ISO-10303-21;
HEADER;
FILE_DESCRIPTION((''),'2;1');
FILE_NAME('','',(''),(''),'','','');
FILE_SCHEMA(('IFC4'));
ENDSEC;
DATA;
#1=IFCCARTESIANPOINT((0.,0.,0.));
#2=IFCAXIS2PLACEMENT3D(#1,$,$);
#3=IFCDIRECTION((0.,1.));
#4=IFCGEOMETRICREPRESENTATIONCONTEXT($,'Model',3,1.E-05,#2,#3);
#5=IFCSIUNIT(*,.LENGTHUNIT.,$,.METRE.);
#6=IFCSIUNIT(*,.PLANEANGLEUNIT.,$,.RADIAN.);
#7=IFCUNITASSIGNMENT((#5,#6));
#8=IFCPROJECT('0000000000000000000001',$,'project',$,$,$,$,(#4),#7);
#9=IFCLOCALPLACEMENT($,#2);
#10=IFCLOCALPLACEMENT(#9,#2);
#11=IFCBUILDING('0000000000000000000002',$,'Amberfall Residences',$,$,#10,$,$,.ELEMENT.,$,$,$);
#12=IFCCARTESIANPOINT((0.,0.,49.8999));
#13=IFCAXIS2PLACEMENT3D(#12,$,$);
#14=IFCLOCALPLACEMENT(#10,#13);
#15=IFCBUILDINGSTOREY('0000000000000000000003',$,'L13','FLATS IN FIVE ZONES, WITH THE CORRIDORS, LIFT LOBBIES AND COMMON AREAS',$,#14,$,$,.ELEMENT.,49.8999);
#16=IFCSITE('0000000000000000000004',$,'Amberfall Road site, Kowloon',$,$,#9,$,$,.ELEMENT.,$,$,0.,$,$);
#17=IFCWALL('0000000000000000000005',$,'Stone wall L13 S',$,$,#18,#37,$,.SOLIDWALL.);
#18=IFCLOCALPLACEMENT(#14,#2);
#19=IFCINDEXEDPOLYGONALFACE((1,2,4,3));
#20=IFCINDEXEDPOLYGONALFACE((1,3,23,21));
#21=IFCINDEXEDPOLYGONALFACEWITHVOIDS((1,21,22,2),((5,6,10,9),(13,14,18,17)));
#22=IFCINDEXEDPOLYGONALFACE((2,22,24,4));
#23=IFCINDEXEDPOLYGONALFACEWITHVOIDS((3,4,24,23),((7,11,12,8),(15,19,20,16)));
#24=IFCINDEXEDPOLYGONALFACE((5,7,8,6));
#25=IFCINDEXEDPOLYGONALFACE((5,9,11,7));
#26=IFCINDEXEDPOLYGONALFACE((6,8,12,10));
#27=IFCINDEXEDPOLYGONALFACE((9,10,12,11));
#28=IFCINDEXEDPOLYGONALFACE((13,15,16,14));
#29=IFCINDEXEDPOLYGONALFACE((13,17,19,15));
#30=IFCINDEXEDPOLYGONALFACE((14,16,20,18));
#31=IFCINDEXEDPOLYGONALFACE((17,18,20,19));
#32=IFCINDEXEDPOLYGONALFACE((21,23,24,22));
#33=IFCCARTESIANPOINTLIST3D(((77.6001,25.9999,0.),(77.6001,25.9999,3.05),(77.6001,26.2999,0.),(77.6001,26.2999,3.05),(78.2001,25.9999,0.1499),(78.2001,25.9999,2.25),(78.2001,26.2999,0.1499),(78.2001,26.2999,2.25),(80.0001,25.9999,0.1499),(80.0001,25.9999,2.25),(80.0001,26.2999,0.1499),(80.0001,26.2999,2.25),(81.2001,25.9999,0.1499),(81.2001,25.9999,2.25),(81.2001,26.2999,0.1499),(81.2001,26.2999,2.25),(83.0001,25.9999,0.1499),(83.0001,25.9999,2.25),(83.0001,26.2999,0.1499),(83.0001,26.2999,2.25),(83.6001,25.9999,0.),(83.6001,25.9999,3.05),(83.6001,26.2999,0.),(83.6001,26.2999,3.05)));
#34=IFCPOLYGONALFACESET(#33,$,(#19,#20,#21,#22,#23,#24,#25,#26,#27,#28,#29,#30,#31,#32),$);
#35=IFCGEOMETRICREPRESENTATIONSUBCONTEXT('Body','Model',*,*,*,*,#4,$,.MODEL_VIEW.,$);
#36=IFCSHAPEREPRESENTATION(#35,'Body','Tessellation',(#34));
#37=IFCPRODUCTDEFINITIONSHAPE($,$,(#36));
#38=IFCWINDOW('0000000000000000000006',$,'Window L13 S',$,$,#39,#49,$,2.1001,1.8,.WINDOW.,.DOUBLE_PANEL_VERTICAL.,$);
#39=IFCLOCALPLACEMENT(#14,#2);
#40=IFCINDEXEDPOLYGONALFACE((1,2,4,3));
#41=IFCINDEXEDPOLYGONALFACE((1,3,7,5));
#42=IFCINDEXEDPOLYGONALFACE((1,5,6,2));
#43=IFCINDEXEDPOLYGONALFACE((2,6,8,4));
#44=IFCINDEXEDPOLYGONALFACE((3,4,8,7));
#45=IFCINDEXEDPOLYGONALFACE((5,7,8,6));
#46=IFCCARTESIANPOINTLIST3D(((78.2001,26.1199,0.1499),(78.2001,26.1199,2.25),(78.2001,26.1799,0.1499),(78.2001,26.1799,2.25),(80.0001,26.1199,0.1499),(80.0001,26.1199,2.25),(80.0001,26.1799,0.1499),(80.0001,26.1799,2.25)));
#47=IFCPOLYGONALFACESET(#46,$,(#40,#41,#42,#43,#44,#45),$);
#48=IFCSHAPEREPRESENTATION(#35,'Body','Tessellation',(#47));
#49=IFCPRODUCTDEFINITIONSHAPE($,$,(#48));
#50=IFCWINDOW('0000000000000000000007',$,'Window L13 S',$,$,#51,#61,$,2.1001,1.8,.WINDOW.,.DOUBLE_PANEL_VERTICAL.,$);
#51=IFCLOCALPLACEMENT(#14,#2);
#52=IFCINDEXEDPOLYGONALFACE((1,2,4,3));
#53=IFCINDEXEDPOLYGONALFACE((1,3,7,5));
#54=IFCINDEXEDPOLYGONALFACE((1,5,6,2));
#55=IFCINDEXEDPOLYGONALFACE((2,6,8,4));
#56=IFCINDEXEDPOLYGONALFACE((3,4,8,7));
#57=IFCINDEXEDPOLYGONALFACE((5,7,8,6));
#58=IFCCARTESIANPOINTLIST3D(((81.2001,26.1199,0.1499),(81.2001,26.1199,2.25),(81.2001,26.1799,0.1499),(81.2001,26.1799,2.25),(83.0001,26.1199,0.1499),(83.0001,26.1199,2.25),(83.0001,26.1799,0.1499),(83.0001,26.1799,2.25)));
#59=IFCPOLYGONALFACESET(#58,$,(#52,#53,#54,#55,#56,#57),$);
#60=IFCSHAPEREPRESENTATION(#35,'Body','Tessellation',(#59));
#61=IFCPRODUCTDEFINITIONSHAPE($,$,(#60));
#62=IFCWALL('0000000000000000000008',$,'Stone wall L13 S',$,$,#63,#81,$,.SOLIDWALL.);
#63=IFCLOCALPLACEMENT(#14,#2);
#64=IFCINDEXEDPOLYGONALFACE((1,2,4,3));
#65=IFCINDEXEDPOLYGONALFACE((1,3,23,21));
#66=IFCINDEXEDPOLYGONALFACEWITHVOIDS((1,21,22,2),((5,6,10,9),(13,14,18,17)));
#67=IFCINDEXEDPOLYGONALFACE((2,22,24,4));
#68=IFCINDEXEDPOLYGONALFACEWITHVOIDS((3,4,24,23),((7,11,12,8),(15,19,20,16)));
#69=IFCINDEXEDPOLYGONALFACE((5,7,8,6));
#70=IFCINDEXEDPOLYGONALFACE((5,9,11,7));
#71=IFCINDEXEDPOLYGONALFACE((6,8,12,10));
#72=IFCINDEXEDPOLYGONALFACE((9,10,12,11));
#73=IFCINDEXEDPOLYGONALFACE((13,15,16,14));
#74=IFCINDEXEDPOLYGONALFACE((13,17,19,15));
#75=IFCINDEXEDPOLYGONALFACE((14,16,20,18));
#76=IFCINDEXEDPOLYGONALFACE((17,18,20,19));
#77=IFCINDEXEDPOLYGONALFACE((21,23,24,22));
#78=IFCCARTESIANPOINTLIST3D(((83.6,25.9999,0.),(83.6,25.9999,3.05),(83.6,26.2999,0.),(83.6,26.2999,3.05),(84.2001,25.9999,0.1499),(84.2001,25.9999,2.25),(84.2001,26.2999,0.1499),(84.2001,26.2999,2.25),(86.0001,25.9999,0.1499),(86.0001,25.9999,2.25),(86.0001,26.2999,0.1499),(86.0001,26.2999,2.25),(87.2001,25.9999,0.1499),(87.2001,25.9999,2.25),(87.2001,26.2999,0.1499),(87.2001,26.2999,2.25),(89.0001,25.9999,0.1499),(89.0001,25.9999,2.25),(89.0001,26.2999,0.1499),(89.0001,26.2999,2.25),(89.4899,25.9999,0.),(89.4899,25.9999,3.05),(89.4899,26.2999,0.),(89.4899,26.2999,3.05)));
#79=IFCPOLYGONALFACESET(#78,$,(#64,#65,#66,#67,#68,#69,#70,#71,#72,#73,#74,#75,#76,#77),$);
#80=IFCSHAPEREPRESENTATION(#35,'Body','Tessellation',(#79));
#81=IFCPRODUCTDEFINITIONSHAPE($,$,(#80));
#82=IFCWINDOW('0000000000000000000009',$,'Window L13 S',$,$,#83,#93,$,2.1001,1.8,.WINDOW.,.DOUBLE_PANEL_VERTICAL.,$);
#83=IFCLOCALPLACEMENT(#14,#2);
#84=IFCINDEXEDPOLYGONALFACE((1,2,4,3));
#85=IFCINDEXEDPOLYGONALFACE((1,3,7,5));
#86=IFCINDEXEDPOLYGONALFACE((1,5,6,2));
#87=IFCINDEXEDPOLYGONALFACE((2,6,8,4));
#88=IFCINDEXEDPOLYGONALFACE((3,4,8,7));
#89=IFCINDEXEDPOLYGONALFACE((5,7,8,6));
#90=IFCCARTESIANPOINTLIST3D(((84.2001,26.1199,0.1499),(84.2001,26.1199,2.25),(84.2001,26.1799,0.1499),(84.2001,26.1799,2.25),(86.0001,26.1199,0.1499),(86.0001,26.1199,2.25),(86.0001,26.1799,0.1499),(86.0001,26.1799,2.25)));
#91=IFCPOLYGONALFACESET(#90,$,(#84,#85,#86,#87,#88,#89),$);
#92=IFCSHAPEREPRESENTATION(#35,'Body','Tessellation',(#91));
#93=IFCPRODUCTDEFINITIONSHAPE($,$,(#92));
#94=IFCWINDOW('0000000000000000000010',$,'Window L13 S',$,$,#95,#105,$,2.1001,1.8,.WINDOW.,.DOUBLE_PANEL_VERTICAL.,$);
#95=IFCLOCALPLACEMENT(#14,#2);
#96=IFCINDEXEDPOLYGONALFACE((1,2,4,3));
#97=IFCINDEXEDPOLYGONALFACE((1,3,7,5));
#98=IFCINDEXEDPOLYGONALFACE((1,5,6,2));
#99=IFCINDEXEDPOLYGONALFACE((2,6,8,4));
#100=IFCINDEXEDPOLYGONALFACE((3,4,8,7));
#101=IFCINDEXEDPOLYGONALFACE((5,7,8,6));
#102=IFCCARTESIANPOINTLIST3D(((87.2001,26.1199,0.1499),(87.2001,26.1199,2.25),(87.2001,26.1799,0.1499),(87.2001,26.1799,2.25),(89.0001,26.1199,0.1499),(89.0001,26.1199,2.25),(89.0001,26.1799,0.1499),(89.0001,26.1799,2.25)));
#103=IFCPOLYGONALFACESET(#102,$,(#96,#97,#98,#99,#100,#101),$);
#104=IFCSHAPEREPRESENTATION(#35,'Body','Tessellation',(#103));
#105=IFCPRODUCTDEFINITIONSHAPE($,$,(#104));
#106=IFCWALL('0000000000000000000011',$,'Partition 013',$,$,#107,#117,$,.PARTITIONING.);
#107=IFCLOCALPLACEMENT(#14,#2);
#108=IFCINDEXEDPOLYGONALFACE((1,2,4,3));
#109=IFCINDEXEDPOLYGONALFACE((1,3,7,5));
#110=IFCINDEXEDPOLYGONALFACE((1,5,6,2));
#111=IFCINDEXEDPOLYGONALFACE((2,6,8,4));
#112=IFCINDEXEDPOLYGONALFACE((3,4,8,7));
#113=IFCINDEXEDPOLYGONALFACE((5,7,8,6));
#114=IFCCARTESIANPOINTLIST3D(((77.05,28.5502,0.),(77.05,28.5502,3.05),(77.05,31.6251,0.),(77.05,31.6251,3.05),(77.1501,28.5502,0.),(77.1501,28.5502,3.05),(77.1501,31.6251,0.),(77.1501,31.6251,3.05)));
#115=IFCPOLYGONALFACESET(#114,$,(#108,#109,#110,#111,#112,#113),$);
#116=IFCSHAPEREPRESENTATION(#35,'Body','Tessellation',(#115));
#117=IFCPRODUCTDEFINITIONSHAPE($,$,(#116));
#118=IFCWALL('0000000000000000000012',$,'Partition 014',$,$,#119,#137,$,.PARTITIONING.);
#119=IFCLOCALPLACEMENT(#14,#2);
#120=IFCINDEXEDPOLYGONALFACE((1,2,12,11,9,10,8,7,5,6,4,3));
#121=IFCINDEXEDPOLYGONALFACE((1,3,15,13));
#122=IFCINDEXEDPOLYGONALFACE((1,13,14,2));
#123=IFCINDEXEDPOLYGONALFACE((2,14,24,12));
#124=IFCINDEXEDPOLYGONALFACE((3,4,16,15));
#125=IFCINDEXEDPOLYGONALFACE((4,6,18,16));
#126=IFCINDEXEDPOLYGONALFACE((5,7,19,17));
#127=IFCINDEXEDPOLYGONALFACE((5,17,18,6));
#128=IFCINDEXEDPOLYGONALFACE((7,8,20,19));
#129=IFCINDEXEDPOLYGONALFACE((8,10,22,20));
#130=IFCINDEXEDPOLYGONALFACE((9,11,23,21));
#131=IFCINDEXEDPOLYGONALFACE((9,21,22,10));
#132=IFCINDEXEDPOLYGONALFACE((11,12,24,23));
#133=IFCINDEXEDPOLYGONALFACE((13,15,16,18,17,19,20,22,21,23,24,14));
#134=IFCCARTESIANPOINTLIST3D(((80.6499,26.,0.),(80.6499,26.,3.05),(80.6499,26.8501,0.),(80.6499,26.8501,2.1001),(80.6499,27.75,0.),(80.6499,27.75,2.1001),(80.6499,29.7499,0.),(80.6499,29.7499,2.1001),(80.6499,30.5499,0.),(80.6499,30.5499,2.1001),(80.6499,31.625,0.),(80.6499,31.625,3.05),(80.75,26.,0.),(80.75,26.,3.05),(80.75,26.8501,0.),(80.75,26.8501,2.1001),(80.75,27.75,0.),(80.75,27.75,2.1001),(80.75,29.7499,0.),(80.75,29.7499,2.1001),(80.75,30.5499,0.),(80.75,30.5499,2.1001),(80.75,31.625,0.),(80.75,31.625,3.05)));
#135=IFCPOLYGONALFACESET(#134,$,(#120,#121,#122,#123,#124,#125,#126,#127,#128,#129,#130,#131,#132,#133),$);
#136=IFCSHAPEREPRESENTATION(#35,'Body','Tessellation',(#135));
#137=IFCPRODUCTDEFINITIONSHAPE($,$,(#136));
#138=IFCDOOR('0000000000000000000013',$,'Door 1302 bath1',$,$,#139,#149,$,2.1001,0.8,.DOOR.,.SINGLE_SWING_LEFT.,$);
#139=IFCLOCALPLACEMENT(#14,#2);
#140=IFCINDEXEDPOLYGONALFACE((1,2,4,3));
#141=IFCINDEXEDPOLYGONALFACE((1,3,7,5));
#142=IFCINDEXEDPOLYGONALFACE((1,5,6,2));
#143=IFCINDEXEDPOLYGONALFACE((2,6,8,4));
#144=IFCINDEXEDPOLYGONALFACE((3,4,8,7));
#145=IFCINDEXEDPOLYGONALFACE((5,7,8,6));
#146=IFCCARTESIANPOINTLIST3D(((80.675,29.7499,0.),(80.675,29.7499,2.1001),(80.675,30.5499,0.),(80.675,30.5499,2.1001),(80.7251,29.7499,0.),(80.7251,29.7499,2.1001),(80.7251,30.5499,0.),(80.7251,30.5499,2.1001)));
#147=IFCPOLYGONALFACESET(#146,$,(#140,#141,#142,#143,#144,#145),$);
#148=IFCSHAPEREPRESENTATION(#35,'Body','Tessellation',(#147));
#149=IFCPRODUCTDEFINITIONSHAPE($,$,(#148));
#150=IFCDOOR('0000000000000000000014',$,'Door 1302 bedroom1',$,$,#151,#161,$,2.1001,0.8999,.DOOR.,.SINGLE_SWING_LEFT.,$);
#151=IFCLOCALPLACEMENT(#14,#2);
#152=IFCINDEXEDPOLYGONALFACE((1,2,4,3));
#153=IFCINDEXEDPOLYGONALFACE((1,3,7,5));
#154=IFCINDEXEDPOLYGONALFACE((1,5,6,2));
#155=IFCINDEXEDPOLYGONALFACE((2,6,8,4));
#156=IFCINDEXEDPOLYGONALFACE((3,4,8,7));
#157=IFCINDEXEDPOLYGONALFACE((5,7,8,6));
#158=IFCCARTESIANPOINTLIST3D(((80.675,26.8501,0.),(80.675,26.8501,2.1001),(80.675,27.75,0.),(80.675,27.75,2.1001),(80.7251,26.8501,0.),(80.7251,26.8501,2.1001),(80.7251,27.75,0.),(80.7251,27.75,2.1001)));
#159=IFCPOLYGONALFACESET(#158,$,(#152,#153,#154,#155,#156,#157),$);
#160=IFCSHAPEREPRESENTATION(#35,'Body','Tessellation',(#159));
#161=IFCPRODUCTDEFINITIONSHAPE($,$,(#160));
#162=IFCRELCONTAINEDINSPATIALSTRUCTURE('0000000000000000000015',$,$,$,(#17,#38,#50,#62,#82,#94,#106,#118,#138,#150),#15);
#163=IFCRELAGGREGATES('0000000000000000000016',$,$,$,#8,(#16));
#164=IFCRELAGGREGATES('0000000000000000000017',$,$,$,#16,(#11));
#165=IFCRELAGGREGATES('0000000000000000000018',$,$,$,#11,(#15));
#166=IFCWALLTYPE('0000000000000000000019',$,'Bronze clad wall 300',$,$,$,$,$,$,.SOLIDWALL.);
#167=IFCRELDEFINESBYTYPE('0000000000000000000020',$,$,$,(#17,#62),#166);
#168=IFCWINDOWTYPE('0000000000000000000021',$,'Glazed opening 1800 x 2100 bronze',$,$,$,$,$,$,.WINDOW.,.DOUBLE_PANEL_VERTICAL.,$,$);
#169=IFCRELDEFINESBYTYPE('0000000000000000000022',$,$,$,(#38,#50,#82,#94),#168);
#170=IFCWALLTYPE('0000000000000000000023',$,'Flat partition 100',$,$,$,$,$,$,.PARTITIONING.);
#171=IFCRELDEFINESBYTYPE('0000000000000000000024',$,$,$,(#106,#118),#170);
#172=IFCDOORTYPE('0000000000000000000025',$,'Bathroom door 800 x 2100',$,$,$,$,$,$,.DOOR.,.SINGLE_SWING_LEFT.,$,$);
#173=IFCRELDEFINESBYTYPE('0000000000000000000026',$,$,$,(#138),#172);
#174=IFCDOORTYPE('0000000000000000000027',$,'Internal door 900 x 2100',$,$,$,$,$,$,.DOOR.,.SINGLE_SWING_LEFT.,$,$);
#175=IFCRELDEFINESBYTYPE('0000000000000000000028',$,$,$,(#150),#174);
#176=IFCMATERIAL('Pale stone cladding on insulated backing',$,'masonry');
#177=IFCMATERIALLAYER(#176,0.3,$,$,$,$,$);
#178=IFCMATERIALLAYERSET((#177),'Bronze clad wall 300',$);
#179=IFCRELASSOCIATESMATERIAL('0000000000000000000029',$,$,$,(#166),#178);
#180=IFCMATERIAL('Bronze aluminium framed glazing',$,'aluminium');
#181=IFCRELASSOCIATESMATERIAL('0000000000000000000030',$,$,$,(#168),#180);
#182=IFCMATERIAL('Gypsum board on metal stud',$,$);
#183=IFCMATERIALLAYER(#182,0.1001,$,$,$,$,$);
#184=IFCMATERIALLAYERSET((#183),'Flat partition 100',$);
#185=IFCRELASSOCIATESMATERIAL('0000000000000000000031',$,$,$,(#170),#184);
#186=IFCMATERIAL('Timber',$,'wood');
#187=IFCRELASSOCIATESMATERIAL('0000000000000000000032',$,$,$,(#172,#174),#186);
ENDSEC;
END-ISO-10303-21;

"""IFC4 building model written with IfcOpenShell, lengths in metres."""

from ifc_helpers import new_model, si_unit, direction, frame, frame_2d, origin, place, context, subcontext, project, spatial, rectangle, extrude, material, layer, layer_set, type_object, element, fill, save


model = new_model("IFC4")

# Units and contexts
model_context = context("Model", 3, precision=1e-05, world=origin(), true_north=direction((0.0, 1.0)))
body_context = subcontext(model_context, "Body", "Model", "MODEL_VIEW")
ifc_project = project(units=[si_unit("LENGTHUNIT", "METRE"), si_unit("PLANEANGLEUNIT", "RADIAN")], contexts=[model_context])

# Site, building, storey
site_placement = place(None, origin())
site = spatial("IfcSite", under=ifc_project, at=site_placement, Name="Amberfall Road site, Kowloon", CompositionType="ELEMENT", RefElevation=0.0)
building_placement = place(site_placement, origin())
building = spatial("IfcBuilding", under=site, at=building_placement, Name="Amberfall Residences", CompositionType="ELEMENT")
storey_placement = place(building_placement, frame((0.0, 0.0, 49.8999)))
storey = spatial("IfcBuildingStorey", under=building, at=storey_placement, Name="L13", Description="FLATS IN FIVE ZONES, WITH THE CORRIDORS, LIFT LOBBIES AND COMMON AREAS", CompositionType="ELEMENT", Elevation=49.8999)

# Shared definitions
ifc_material_1 = material(Name="Pale stone cladding on insulated backing", Category="masonry")
ifc_layer_1 = layer(ifc_material_1, 0.3)
ifc_layer_set_1 = layer_set([ifc_layer_1], Name="Bronze clad wall 300")
wall_type_1 = type_object("IfcWallType", Name="Bronze clad wall 300", PredefinedType="SOLIDWALL", material=ifc_layer_set_1)
ifc_material_2 = material(Name="Bronze aluminium framed glazing", Category="aluminium")

# Walls, openings, windows
wall_1_placement = place(storey_placement, frame((77.6001, 26.1499, 0.0), z_axis=(0.0, 0.0, 1.0), x_axis=(1.0, 0.0, 0.0)))
wall_1 = element("IfcWall", 1, at=wall_1_placement, inside=storey, type_object=wall_type_1, Name="Stone wall L13 S", PredefinedType="SOLIDWALL", context=body_context, shape_type="SweptSolid", body=[
    extrude(rectangle(XDim=6.0, YDim=0.3, at=frame_2d((3.0, 0.0))), origin(), (0.0, 0.0, 1.0), 3.05),
])
opening_1_placement = place(wall_1_placement, frame((0.6001, 0.0, 0.1499)))
opening_1 = element("IfcOpeningElement", 2, at=opening_1_placement, cuts=wall_1, PredefinedType="OPENING", context=body_context, shape_type="SweptSolid", body=[
    extrude(rectangle(XDim=1.8, YDim=2.1001, at=frame_2d((0.8999, 1.05))), frame((0.0, 0.1599, 0.0), z_axis=(0.0, -1.0, 0.0), x_axis=(1.0, 0.0, 0.0)), (0.0, 0.0, 1.0), 0.3201),
])
opening_2_placement = place(wall_1_placement, frame((3.6001, 0.0, 0.1499)))
opening_2 = element("IfcOpeningElement", 3, at=opening_2_placement, cuts=wall_1, PredefinedType="OPENING", context=body_context, shape_type="SweptSolid", body=[
    extrude(rectangle(XDim=1.8, YDim=2.1001, at=frame_2d((0.8999, 1.05))), frame((0.0, 0.1599, 0.0), z_axis=(0.0, -1.0, 0.0), x_axis=(1.0, 0.0, 0.0)), (0.0, 0.0, 1.0), 0.3201),
])
window_type_1 = type_object("IfcWindowType", Name="Glazed opening 1800 x 2100 bronze", PartitioningType="DOUBLE_PANEL_VERTICAL", PredefinedType="WINDOW", material=ifc_material_2)
window_1_placement = place(opening_1_placement, origin())
window_1 = element("IfcWindow", 4, at=window_1_placement, inside=storey, type_object=window_type_1, Name="Window L13 S", OverallHeight=2.1001, OverallWidth=1.8, PartitioningType="DOUBLE_PANEL_VERTICAL", PredefinedType="WINDOW", context=body_context, shape_type="SweptSolid", body=[
    extrude(rectangle(XDim=1.8, YDim=2.1001, at=frame_2d((0.8999, 1.05))), frame((0.0, 0.03, 0.0), z_axis=(0.0, -1.0, 0.0), x_axis=(1.0, 0.0, 0.0)), (0.0, 0.0, 1.0), 0.0601),
])
fill(opening_1, window_1)
window_2_placement = place(opening_2_placement, origin())
window_2 = element("IfcWindow", 5, at=window_2_placement, inside=storey, type_object=window_type_1, Name="Window L13 S", OverallHeight=2.1001, OverallWidth=1.8, PartitioningType="DOUBLE_PANEL_VERTICAL", PredefinedType="WINDOW", context=body_context, shape_type="SweptSolid", body=[
    extrude(rectangle(XDim=1.8, YDim=2.1001, at=frame_2d((0.8999, 1.05))), frame((0.0, 0.03, 0.0), z_axis=(0.0, -1.0, 0.0), x_axis=(1.0, 0.0, 0.0)), (0.0, 0.0, 1.0), 0.0601),
])
fill(opening_2, window_2)
wall_2_placement = place(storey_placement, frame((83.6001, 26.1499, 0.0), z_axis=(0.0, 0.0, 1.0), x_axis=(1.0, 0.0, 0.0)))
wall_2 = element("IfcWall", 6, at=wall_2_placement, inside=storey, type_object=wall_type_1, Name="Stone wall L13 S", PredefinedType="SOLIDWALL", context=body_context, shape_type="SweptSolid", body=[
    extrude(rectangle(XDim=5.8899, YDim=0.3, at=frame_2d((2.9448, 0.0))), origin(), (0.0, 0.0, 1.0), 3.05),
])
opening_3_placement = place(wall_2_placement, frame((0.6001, 0.0, 0.1499)))
opening_3 = element("IfcOpeningElement", 7, at=opening_3_placement, cuts=wall_2, PredefinedType="OPENING", context=body_context, shape_type="SweptSolid", body=[
    extrude(rectangle(XDim=1.8, YDim=2.1001, at=frame_2d((0.8999, 1.05))), frame((0.0, 0.1599, 0.0), z_axis=(0.0, -1.0, 0.0), x_axis=(1.0, 0.0, 0.0)), (0.0, 0.0, 1.0), 0.3201),
])
opening_4_placement = place(wall_2_placement, frame((3.6001, 0.0, 0.1499)))
opening_4 = element("IfcOpeningElement", 8, at=opening_4_placement, cuts=wall_2, PredefinedType="OPENING", context=body_context, shape_type="SweptSolid", body=[
    extrude(rectangle(XDim=1.8, YDim=2.1001, at=frame_2d((0.8999, 1.05))), frame((0.0, 0.1599, 0.0), z_axis=(0.0, -1.0, 0.0), x_axis=(1.0, 0.0, 0.0)), (0.0, 0.0, 1.0), 0.3201),
])
window_3_placement = place(opening_3_placement, origin())
window_3 = element("IfcWindow", 9, at=window_3_placement, inside=storey, type_object=window_type_1, Name="Window L13 S", OverallHeight=2.1001, OverallWidth=1.8, PartitioningType="DOUBLE_PANEL_VERTICAL", PredefinedType="WINDOW", context=body_context, shape_type="SweptSolid", body=[
    extrude(rectangle(XDim=1.8, YDim=2.1001, at=frame_2d((0.8999, 1.05))), frame((0.0, 0.03, 0.0), z_axis=(0.0, -1.0, 0.0), x_axis=(1.0, 0.0, 0.0)), (0.0, 0.0, 1.0), 0.0601),
])
fill(opening_3, window_3)
window_4_placement = place(opening_4_placement, origin())
window_4 = element("IfcWindow", 10, at=window_4_placement, inside=storey, type_object=window_type_1, Name="Window L13 S", OverallHeight=2.1001, OverallWidth=1.8, PartitioningType="DOUBLE_PANEL_VERTICAL", PredefinedType="WINDOW", context=body_context, shape_type="SweptSolid", body=[
    extrude(rectangle(XDim=1.8, YDim=2.1001, at=frame_2d((0.8999, 1.05))), frame((0.0, 0.03, 0.0), z_axis=(0.0, -1.0, 0.0), x_axis=(1.0, 0.0, 0.0)), (0.0, 0.0, 1.0), 0.0601),
])
fill(opening_4, window_4)

# Wall
ifc_material_3 = material(Name="Gypsum board on metal stud")
ifc_layer_2 = layer(ifc_material_3, 0.1001)
ifc_layer_set_2 = layer_set([ifc_layer_2], Name="Flat partition 100")
wall_type_2 = type_object("IfcWallType", Name="Flat partition 100", PredefinedType="PARTITIONING", material=ifc_layer_set_2)
wall_3_placement = place(storey_placement, frame((77.1001, 28.55, 0.0), z_axis=(0.0, 0.0, 1.0), x_axis=(0.0, 1.0, 0.0)))
element("IfcWall", 11, at=wall_3_placement, inside=storey, type_object=wall_type_2, Name="Partition 013", PredefinedType="PARTITIONING", context=body_context, shape_type="SweptSolid", body=[
    extrude(rectangle(XDim=3.075, YDim=0.1001, at=frame_2d((1.5376, 0.0))), origin(), (0.0, 0.0, 1.0), 3.05),
])

# Wall, openings, doors
wall_4_placement = place(storey_placement, frame((80.7, 26.0, 0.0), z_axis=(0.0, 0.0, 1.0), x_axis=(0.0, 1.0, 0.0)))
wall_4 = element("IfcWall", 12, at=wall_4_placement, inside=storey, type_object=wall_type_2, Name="Partition 014", PredefinedType="PARTITIONING", context=body_context, shape_type="SweptSolid", body=[
    extrude(rectangle(XDim=5.625, YDim=0.1001, at=frame_2d((2.8125, 0.0))), origin(), (0.0, 0.0, 1.0), 3.05),
])
opening_5_placement = place(wall_4_placement, frame((0.8501, 0.0, 0.0)))
opening_5 = element("IfcOpeningElement", 13, at=opening_5_placement, cuts=wall_4, PredefinedType="OPENING", context=body_context, shape_type="SweptSolid", body=[
    extrude(rectangle(XDim=0.8999, YDim=2.1001, at=frame_2d((0.45, 1.05))), frame((0.0, 0.0601, 0.0), z_axis=(0.0, -1.0, 0.0), x_axis=(1.0, 0.0, 0.0)), (0.0, 0.0, 1.0), 0.1201),
])
opening_6_placement = place(wall_4_placement, frame((3.75, 0.0, 0.0)))
opening_6 = element("IfcOpeningElement", 14, at=opening_6_placement, cuts=wall_4, PredefinedType="OPENING", context=body_context, shape_type="SweptSolid", body=[
    extrude(rectangle(XDim=0.8, YDim=2.1001, at=frame_2d((0.3999, 1.05))), frame((0.0, 0.0601, 0.0), z_axis=(0.0, -1.0, 0.0), x_axis=(1.0, 0.0, 0.0)), (0.0, 0.0, 1.0), 0.1201),
])
ifc_material_4 = material(Name="Timber", Category="wood")
door_type_1 = type_object("IfcDoorType", Name="Bathroom door 800 x 2100", OperationType="SINGLE_SWING_LEFT", PredefinedType="DOOR", material=ifc_material_4)
door_1_placement = place(opening_6_placement, origin())
door_1 = element("IfcDoor", 15, at=door_1_placement, inside=storey, type_object=door_type_1, Name="Door 1302 bath1", OperationType="SINGLE_SWING_LEFT", OverallHeight=2.1001, OverallWidth=0.8, PredefinedType="DOOR", context=body_context, shape_type="SweptSolid", body=[
    extrude(rectangle(XDim=0.8, YDim=2.1001, at=frame_2d((0.3999, 1.05))), frame((0.0, 0.0249, 0.0), z_axis=(0.0, -1.0, 0.0), x_axis=(1.0, 0.0, 0.0)), (0.0, 0.0, 1.0), 0.05),
])
fill(opening_6, door_1)
door_type_2 = type_object("IfcDoorType", Name="Internal door 900 x 2100", OperationType="SINGLE_SWING_LEFT", PredefinedType="DOOR", material=ifc_material_4)
door_2_placement = place(opening_5_placement, origin())
door_2 = element("IfcDoor", 16, at=door_2_placement, inside=storey, type_object=door_type_2, Name="Door 1302 bedroom1", OperationType="SINGLE_SWING_LEFT", OverallHeight=2.1001, OverallWidth=0.8999, PredefinedType="DOOR", context=body_context, shape_type="SweptSolid", body=[
    extrude(rectangle(XDim=0.8999, YDim=2.1001, at=frame_2d((0.45, 1.05))), frame((0.0, 0.0249, 0.0), z_axis=(0.0, -1.0, 0.0), x_axis=(1.0, 0.0, 0.0)), (0.0, 0.0, 1.0), 0.05),
])
fill(opening_5, door_2)

save(model, "model.ifc")
